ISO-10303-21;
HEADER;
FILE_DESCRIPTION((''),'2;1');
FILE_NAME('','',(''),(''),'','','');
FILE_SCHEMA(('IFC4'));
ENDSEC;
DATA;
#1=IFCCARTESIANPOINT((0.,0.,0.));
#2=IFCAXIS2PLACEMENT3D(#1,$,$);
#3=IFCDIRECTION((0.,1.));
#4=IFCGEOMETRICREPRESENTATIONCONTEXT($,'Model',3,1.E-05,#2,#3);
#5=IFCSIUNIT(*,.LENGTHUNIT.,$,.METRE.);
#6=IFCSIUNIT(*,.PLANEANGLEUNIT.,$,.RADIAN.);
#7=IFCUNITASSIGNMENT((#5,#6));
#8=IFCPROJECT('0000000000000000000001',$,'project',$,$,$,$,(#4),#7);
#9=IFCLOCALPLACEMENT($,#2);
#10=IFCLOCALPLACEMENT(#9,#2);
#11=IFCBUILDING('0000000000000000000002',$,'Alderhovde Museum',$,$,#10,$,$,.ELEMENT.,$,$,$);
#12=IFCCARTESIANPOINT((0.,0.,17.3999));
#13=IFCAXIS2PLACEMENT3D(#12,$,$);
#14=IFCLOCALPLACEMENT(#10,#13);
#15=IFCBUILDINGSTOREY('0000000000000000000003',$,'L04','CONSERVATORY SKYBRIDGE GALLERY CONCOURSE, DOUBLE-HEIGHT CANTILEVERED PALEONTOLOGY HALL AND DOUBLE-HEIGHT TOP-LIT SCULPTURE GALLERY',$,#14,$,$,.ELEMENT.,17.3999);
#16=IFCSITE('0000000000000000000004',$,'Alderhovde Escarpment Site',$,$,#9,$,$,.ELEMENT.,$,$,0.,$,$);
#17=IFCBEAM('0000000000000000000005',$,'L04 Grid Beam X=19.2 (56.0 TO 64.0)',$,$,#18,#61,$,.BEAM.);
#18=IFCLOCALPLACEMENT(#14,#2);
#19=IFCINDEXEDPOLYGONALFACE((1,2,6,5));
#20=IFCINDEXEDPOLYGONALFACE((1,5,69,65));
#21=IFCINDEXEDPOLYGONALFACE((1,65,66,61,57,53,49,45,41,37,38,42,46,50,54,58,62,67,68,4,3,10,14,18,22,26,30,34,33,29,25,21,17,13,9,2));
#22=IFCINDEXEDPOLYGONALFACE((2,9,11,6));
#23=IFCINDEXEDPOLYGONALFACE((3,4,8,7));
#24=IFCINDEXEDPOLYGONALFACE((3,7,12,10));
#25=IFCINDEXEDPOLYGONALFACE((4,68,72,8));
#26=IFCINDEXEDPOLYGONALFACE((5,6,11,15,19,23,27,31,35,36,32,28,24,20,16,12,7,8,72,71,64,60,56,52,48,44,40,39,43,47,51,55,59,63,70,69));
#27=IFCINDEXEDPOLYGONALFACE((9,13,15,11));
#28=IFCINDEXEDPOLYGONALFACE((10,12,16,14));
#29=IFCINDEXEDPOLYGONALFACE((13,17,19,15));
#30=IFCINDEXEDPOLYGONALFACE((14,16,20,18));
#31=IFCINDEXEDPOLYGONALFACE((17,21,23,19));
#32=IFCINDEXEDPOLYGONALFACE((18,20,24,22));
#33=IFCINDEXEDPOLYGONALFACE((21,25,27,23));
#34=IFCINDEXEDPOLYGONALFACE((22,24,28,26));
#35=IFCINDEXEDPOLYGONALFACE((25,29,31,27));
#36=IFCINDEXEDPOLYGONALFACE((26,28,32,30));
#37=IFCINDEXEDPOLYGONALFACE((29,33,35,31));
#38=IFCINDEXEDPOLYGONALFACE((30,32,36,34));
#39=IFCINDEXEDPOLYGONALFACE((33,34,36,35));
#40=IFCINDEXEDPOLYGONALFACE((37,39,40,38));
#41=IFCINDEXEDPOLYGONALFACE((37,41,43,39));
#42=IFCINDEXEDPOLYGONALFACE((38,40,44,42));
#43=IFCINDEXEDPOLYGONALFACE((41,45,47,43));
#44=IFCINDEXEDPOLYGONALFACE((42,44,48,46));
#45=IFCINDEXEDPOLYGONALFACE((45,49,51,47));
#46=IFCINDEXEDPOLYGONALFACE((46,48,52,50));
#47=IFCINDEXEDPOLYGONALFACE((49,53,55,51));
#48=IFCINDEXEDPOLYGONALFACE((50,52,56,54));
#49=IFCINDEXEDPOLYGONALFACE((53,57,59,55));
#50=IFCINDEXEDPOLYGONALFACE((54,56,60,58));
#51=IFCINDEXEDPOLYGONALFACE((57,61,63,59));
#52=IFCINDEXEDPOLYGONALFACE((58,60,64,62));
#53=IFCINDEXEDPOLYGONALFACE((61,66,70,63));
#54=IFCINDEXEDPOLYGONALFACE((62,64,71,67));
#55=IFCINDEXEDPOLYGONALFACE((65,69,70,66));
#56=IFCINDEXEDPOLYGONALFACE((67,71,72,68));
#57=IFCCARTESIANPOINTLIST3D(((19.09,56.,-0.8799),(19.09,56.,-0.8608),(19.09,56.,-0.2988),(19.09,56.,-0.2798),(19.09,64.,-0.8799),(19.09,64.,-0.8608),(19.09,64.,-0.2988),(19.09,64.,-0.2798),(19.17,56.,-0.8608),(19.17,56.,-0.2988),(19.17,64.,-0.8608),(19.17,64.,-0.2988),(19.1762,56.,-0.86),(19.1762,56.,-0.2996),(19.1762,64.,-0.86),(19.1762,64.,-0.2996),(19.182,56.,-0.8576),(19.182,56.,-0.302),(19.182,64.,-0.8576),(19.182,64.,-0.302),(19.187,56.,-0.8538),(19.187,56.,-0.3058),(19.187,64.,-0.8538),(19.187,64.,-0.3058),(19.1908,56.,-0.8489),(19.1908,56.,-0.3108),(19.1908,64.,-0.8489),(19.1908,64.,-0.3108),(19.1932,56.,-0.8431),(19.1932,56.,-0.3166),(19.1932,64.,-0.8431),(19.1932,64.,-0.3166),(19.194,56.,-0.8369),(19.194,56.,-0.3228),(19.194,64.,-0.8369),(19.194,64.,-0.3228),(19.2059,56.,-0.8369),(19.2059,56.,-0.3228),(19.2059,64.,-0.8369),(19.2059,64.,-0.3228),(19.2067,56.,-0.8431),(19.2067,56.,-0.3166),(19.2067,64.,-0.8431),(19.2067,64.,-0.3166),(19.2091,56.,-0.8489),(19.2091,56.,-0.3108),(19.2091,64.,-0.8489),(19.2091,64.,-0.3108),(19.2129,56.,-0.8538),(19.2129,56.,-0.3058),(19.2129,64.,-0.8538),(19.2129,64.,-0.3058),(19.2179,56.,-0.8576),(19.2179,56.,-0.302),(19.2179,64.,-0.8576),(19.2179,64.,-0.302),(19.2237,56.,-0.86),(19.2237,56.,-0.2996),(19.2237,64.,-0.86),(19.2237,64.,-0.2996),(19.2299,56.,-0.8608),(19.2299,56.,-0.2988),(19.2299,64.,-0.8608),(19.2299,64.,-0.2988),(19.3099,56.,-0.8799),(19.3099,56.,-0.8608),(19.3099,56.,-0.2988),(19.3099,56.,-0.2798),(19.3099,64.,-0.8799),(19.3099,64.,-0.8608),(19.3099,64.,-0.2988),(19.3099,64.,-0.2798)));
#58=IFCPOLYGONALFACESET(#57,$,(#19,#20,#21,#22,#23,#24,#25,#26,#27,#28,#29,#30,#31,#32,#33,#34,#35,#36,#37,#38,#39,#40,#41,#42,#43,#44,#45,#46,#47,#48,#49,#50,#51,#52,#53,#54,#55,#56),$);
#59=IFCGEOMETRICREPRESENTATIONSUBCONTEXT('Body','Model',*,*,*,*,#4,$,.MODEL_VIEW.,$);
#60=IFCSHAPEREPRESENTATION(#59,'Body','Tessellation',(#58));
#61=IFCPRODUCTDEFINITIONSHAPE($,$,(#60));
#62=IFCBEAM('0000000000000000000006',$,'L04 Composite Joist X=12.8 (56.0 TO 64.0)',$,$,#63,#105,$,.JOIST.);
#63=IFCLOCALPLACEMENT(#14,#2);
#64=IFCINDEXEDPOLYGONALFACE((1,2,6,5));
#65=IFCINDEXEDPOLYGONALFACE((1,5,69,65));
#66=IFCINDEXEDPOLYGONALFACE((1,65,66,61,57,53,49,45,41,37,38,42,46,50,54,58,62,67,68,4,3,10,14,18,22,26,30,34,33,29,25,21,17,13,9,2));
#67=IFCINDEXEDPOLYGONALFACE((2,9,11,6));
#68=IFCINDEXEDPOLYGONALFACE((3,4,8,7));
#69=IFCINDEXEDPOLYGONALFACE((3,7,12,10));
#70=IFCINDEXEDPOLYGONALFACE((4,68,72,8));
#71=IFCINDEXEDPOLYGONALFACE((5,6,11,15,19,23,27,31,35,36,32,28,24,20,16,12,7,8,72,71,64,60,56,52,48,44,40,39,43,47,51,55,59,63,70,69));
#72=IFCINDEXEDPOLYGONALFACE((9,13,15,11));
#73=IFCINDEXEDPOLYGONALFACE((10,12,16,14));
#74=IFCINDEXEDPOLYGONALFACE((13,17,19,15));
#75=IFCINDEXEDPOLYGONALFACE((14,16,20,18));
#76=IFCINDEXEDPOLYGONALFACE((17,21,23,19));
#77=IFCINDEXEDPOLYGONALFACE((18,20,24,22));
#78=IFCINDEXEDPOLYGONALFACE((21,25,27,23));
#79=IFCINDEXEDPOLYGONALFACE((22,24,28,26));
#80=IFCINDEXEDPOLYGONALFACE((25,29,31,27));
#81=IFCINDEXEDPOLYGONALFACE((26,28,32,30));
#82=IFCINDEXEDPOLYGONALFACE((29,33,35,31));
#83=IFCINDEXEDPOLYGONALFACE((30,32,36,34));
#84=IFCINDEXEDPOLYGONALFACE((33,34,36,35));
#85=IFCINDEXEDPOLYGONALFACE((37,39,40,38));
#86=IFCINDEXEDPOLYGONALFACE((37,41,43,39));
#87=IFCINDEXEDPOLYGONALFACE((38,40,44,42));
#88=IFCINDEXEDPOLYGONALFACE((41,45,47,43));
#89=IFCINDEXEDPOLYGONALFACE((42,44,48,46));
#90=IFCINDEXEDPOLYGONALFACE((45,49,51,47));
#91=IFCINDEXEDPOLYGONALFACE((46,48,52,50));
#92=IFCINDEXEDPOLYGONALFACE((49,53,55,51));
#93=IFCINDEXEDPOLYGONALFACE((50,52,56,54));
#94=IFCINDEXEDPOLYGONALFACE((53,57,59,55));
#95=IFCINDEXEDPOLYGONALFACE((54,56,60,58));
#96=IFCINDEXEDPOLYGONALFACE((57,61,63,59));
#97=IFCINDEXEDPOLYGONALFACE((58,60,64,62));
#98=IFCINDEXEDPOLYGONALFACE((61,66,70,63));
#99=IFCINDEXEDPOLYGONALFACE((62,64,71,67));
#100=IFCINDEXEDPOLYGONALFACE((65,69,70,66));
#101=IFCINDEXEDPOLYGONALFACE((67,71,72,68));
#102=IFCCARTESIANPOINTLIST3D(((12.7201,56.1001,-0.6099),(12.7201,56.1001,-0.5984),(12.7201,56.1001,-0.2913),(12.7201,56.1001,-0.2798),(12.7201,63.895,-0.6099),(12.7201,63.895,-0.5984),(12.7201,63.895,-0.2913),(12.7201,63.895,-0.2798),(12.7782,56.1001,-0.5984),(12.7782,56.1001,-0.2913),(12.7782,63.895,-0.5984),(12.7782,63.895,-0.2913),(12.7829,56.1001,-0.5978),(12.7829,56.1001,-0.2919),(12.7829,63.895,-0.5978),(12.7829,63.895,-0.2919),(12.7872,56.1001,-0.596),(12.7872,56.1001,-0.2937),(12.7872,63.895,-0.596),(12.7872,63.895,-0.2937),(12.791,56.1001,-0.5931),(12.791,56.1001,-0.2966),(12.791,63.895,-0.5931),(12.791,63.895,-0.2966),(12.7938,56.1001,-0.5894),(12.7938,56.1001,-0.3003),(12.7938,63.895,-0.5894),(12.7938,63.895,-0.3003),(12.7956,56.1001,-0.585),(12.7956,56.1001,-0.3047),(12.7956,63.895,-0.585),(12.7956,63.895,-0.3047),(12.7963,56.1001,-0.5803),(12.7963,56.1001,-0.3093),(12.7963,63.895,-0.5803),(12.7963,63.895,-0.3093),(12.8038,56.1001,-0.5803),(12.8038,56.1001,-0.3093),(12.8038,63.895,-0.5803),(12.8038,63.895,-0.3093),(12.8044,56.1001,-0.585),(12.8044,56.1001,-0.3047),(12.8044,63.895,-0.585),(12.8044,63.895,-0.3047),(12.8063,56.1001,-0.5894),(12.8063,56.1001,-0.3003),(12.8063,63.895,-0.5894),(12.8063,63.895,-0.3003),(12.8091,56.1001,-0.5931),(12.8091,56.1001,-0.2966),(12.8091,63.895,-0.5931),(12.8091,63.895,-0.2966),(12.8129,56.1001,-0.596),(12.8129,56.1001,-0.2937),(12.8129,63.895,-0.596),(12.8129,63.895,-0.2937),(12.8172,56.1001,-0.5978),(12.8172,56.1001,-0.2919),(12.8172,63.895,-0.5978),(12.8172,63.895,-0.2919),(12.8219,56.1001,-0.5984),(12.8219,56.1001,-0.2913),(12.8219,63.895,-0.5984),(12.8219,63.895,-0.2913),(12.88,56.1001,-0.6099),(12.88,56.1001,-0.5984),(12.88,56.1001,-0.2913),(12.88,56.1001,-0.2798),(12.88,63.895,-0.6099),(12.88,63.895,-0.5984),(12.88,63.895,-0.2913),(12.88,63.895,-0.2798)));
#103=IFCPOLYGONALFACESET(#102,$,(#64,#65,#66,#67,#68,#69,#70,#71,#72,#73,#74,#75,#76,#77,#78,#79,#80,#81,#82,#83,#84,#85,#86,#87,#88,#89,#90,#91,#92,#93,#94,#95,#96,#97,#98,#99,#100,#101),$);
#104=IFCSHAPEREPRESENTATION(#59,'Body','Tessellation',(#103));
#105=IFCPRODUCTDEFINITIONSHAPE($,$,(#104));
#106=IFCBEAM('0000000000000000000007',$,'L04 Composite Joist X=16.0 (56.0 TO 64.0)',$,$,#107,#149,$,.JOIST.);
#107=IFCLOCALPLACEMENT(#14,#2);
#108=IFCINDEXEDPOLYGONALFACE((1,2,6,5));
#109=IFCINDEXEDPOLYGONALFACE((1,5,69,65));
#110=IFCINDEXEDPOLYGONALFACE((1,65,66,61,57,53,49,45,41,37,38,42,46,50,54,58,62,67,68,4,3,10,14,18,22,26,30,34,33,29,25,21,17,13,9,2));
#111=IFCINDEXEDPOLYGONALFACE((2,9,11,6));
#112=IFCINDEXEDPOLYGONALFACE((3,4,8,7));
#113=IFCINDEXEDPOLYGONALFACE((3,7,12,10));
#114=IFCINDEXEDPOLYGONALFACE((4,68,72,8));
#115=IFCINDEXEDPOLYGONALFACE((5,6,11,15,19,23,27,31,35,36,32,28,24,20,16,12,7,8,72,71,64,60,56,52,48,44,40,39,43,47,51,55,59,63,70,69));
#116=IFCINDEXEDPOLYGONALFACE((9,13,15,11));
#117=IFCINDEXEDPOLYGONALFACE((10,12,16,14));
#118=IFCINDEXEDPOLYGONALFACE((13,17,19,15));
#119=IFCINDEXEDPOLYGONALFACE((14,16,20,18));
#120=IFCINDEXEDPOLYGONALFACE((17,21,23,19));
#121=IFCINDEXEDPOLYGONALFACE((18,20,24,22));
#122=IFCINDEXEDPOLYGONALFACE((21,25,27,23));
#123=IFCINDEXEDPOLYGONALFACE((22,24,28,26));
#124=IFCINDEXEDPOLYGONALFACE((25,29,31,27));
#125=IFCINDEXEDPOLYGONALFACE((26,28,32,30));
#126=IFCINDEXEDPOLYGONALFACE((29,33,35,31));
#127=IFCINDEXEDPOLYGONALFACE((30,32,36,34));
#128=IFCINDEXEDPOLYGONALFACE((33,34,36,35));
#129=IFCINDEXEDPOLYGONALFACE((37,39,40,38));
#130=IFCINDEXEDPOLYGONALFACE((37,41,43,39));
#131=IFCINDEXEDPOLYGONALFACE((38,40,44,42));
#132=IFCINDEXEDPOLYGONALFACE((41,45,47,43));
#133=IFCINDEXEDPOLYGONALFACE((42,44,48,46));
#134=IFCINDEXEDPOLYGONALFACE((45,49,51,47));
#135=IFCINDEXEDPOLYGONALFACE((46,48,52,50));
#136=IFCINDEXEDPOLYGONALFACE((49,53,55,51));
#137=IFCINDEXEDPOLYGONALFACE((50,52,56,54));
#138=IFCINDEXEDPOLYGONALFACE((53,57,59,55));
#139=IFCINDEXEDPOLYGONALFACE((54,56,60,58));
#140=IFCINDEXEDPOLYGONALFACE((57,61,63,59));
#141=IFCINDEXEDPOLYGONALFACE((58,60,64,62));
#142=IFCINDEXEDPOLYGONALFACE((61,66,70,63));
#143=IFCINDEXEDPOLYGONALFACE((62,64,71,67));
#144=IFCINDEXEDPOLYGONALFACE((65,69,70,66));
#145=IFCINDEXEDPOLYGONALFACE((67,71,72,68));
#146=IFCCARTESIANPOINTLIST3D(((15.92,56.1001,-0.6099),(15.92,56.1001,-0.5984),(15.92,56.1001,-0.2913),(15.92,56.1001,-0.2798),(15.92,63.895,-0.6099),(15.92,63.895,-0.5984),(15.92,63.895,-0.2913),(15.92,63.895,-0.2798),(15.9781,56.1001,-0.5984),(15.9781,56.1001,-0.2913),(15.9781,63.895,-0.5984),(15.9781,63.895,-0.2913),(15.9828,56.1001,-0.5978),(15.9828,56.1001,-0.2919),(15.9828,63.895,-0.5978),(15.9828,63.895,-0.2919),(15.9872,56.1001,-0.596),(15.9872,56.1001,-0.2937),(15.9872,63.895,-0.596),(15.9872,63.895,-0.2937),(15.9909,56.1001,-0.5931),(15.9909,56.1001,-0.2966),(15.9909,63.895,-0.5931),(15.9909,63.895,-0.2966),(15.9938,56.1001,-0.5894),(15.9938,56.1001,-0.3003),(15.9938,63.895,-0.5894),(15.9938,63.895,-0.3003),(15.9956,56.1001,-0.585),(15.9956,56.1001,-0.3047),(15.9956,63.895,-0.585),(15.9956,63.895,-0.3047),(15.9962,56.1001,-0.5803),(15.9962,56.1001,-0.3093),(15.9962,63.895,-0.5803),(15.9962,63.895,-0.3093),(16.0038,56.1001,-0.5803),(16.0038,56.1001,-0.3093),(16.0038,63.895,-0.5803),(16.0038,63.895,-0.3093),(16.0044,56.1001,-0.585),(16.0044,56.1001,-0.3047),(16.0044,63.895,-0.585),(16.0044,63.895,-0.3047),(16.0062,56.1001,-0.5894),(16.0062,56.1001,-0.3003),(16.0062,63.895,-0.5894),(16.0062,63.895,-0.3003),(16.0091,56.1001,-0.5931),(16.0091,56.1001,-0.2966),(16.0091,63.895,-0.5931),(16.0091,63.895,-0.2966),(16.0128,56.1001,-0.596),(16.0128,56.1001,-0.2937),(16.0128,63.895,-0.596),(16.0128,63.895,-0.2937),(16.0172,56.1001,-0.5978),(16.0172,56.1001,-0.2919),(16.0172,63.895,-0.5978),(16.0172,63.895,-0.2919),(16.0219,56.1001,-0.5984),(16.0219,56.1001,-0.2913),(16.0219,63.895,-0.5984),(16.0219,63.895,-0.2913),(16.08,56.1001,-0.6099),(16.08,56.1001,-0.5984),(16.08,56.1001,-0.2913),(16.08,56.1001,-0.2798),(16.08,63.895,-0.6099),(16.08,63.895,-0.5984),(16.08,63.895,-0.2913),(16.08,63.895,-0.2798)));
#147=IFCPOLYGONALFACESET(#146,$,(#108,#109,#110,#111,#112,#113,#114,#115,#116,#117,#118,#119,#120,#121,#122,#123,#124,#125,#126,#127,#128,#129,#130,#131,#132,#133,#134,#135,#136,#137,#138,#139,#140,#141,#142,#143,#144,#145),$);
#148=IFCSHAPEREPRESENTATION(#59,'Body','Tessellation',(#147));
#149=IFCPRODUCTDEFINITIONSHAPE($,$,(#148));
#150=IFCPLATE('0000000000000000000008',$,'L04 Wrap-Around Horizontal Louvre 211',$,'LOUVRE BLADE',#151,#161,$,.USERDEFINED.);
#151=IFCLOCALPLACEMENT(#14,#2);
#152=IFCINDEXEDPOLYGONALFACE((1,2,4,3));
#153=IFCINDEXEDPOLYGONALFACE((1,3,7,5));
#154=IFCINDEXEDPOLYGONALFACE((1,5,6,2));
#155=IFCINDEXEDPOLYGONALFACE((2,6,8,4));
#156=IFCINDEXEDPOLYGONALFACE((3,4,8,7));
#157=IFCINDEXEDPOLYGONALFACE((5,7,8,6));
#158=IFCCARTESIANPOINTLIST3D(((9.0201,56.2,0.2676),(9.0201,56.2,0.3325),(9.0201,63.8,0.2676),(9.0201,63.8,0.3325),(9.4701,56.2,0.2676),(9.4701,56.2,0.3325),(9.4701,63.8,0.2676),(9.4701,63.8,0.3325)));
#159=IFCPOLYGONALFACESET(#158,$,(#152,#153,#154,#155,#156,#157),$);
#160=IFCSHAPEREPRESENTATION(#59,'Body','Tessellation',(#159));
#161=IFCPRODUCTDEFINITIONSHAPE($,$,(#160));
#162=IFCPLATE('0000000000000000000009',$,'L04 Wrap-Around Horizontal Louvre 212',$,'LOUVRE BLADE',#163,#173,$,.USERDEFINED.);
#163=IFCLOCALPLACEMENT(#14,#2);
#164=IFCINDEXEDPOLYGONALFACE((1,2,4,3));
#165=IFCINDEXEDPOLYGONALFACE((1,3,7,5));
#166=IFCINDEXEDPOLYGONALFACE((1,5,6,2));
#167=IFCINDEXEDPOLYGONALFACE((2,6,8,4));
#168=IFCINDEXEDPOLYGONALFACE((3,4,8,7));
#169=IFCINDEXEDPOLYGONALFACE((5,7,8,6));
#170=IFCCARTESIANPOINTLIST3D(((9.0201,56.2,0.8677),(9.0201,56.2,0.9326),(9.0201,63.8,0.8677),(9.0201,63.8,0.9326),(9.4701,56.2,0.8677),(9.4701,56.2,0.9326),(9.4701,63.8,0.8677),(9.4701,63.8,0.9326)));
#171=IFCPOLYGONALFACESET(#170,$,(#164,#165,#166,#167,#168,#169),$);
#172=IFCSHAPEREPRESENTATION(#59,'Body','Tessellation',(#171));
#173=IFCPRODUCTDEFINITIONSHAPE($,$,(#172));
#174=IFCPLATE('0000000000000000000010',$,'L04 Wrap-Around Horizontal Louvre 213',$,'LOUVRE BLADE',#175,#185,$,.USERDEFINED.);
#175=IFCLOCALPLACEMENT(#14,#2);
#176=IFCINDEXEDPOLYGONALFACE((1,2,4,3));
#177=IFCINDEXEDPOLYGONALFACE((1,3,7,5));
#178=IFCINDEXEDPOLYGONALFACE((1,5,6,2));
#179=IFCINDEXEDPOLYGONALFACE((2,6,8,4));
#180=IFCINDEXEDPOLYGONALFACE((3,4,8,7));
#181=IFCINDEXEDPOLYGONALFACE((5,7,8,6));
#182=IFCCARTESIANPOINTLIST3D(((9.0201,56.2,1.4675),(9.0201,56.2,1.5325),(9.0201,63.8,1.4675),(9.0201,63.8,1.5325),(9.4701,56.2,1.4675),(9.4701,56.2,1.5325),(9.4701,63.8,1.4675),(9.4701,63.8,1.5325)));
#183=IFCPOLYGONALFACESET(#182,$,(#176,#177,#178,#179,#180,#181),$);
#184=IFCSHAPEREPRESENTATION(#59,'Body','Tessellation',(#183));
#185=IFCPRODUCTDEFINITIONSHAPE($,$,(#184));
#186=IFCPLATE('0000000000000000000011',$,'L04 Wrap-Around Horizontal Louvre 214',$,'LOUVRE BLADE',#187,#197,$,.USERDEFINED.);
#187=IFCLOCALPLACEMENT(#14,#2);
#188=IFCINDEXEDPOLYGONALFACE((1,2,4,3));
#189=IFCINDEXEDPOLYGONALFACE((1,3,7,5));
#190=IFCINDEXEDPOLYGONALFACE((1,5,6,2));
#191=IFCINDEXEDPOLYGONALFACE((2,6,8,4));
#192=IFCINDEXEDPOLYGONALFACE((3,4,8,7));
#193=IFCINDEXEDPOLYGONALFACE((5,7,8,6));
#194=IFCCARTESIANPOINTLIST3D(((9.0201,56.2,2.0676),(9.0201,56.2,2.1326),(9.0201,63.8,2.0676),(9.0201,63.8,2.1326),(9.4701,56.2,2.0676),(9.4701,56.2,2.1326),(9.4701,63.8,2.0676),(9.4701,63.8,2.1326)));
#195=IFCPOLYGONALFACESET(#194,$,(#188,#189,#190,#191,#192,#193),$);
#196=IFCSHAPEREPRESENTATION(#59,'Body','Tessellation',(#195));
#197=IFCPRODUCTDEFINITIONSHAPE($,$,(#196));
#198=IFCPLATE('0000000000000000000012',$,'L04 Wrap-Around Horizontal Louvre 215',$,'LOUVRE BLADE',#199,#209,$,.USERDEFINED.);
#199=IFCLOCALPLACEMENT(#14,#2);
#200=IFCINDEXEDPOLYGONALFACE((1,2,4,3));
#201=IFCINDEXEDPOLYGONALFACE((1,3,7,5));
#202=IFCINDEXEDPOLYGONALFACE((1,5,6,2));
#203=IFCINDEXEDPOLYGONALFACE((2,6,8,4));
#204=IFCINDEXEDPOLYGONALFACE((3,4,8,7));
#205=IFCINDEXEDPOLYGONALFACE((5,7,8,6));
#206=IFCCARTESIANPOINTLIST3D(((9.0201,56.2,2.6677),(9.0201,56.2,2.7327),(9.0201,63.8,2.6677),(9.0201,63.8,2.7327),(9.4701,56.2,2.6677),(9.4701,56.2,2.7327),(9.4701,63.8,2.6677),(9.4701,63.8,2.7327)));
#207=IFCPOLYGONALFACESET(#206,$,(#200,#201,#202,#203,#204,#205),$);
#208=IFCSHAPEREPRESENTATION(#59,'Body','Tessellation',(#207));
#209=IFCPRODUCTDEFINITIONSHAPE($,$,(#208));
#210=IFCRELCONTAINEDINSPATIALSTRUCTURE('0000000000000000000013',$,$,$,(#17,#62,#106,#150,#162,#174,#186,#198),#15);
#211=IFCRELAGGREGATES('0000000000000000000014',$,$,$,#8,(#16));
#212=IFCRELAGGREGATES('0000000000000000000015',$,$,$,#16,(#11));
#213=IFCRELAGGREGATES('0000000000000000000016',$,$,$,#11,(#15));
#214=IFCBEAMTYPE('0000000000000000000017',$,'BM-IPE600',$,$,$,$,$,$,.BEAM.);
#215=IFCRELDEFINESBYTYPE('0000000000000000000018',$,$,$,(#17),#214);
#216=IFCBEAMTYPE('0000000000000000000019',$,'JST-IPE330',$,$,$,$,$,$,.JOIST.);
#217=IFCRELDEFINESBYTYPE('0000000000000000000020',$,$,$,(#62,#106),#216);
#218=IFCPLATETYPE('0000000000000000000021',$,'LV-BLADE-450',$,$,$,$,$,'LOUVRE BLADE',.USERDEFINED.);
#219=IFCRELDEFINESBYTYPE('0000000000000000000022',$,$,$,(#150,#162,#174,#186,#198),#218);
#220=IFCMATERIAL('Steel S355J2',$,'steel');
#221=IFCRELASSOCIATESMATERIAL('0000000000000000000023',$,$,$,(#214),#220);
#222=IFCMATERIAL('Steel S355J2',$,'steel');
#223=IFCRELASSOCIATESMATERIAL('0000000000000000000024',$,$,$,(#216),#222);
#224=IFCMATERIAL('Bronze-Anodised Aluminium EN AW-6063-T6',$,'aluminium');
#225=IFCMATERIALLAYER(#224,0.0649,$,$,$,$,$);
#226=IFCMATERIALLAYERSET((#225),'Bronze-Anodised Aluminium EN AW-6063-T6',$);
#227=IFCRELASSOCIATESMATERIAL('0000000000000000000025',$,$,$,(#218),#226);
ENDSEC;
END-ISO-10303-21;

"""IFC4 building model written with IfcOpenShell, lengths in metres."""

from ifc_helpers import new_model, si_unit, direction, frame, origin, origin_2d, place, context, subcontext, project, spatial, rectangle, i_section, extrude, material, layer, layer_set, material_profile, profile_set, type_object, element, save


model = new_model("IFC4")

# Units and contexts
model_context = context("Model", 3, precision=1e-05, world=origin(), true_north=direction((0.0, 1.0)))
body_context = subcontext(model_context, "Body", "Model", "MODEL_VIEW")
ifc_project = project(units=[si_unit("LENGTHUNIT", "METRE"), si_unit("PLANEANGLEUNIT", "RADIAN")], contexts=[model_context])

# Site, building, storey
site_placement = place(None, origin())
site = spatial("IfcSite", under=ifc_project, at=site_placement, Name="Alderhovde Escarpment Site", CompositionType="ELEMENT", RefElevation=0.0)
building_placement = place(site_placement, origin())
building = spatial("IfcBuilding", under=site, at=building_placement, Name="Alderhovde Museum", CompositionType="ELEMENT")
storey_placement = place(building_placement, frame((0.0, 0.0, 17.3999)))
storey = spatial("IfcBuildingStorey", under=building, at=storey_placement, Name="L04", Description="CONSERVATORY SKYBRIDGE GALLERY CONCOURSE, DOUBLE-HEIGHT CANTILEVERED PALEONTOLOGY HALL AND DOUBLE-HEIGHT TOP-LIT SCULPTURE GALLERY", CompositionType="ELEMENT", Elevation=17.3999)

# Beams
ifc_material_1 = material(Name="Steel S355J2", Category="steel")
ifc_material_profile_1 = material_profile(ifc_material_1, i_section(OverallWidth=0.22, OverallDepth=0.6001, WebThickness=0.012, FlangeThickness=0.019, FilletRadius=0.0239, at=origin_2d()), Name="IPE 600")
ifc_profile_set_1 = profile_set([ifc_material_profile_1], Name="Steel S355J2")
beam_type_1 = type_object("IfcBeamType", Name="BM-IPE600", PredefinedType="BEAM", material=ifc_profile_set_1)
beam_1_placement = place(storey_placement, frame((19.2, 56.0, -0.5798), z_axis=(0.0, 1.0, 0.0), x_axis=(-1.0, 0.0, 0.0)))
element("IfcBeam", 1, at=beam_1_placement, inside=storey, type_object=beam_type_1, Name="L04 Grid Beam X=19.2 (56.0 TO 64.0)", PredefinedType="BEAM", context=body_context, shape_type="SweptSolid", body=[
    extrude(i_section(OverallWidth=0.22, OverallDepth=0.6001, WebThickness=0.012, FlangeThickness=0.019, FilletRadius=0.0239, at=origin_2d()), origin(), (0.0, 0.0, 1.0), 8.0),
])
ifc_material_2 = material(Name="Steel S355J2", Category="steel")
ifc_material_profile_2 = material_profile(ifc_material_2, i_section(OverallWidth=0.1599, OverallDepth=0.3301, WebThickness=0.0076, FlangeThickness=0.0115, FilletRadius=0.0181, at=origin_2d()), Name="IPE 330")
ifc_profile_set_2 = profile_set([ifc_material_profile_2], Name="Steel S355J2")
beam_type_2 = type_object("IfcBeamType", Name="JST-IPE330", PredefinedType="JOIST", material=ifc_profile_set_2)
for number, where, z_axis, x_axis, name in (
    (2, (12.8, 56.1001, -0.4448), (0.0, 1.0, 0.0), (-1.0, 0.0, 0.0), "L04 Composite Joist X=12.8 (56.0 TO 64.0)"),
    (3, (16.0, 56.1001, -0.4448), (0.0, 1.0, 0.0), (-1.0, 0.0, 0.0), "L04 Composite Joist X=16.0 (56.0 TO 64.0)"),
):
    element("IfcBeam", number, at=place(storey_placement, frame(where, z_axis=z_axis, x_axis=x_axis)), inside=storey, type_object=beam_type_2, Name=name, PredefinedType="JOIST", context=body_context, shape_type="SweptSolid", body=[
        extrude(i_section(OverallWidth=0.1599, OverallDepth=0.3301, WebThickness=0.0076, FlangeThickness=0.0115, FilletRadius=0.0181, at=origin_2d()), origin(), (0.0, 0.0, 1.0), 7.7949),
    ])

# Plates
ifc_material_3 = material(Name="Bronze-Anodised Aluminium EN AW-6063-T6", Category="aluminium")
ifc_layer_1 = layer(ifc_material_3, 0.0649)
ifc_layer_set_1 = layer_set([ifc_layer_1], Name="Bronze-Anodised Aluminium EN AW-6063-T6")
plate_type_1 = type_object("IfcPlateType", Name="LV-BLADE-450", ElementType="LOUVRE BLADE", PredefinedType="USERDEFINED", material=ifc_layer_set_1)
for number, where, z_axis, x_axis, name in (
    (4, (9.2451, 60.0, 0.2676), (0.0, 0.0, 1.0), (0.0, 1.0, 0.0), "L04 Wrap-Around Horizontal Louvre 211"),
    (5, (9.2451, 60.0, 0.8677), (0.0, 0.0, 1.0), (0.0, 1.0, 0.0), "L04 Wrap-Around Horizontal Louvre 212"),
    (6, (9.2451, 60.0, 1.4675), (0.0, 0.0, 1.0), (0.0, 1.0, 0.0), "L04 Wrap-Around Horizontal Louvre 213"),
    (7, (9.2451, 60.0, 2.0676), (0.0, 0.0, 1.0), (0.0, 1.0, 0.0), "L04 Wrap-Around Horizontal Louvre 214"),
    (8, (9.2451, 60.0, 2.6677), (0.0, 0.0, 1.0), (0.0, 1.0, 0.0), "L04 Wrap-Around Horizontal Louvre 215"),
):
    element("IfcPlate", number, at=place(storey_placement, frame(where, z_axis=z_axis, x_axis=x_axis)), inside=storey, type_object=plate_type_1, Name=name, ObjectType="LOUVRE BLADE", PredefinedType="USERDEFINED", context=body_context, shape_type="SweptSolid", body=[
        extrude(rectangle(XDim=7.6001, YDim=0.45, at=origin_2d()), origin(), (0.0, 0.0, 1.0), 0.0649),
    ])

save(model, "model.ifc")
